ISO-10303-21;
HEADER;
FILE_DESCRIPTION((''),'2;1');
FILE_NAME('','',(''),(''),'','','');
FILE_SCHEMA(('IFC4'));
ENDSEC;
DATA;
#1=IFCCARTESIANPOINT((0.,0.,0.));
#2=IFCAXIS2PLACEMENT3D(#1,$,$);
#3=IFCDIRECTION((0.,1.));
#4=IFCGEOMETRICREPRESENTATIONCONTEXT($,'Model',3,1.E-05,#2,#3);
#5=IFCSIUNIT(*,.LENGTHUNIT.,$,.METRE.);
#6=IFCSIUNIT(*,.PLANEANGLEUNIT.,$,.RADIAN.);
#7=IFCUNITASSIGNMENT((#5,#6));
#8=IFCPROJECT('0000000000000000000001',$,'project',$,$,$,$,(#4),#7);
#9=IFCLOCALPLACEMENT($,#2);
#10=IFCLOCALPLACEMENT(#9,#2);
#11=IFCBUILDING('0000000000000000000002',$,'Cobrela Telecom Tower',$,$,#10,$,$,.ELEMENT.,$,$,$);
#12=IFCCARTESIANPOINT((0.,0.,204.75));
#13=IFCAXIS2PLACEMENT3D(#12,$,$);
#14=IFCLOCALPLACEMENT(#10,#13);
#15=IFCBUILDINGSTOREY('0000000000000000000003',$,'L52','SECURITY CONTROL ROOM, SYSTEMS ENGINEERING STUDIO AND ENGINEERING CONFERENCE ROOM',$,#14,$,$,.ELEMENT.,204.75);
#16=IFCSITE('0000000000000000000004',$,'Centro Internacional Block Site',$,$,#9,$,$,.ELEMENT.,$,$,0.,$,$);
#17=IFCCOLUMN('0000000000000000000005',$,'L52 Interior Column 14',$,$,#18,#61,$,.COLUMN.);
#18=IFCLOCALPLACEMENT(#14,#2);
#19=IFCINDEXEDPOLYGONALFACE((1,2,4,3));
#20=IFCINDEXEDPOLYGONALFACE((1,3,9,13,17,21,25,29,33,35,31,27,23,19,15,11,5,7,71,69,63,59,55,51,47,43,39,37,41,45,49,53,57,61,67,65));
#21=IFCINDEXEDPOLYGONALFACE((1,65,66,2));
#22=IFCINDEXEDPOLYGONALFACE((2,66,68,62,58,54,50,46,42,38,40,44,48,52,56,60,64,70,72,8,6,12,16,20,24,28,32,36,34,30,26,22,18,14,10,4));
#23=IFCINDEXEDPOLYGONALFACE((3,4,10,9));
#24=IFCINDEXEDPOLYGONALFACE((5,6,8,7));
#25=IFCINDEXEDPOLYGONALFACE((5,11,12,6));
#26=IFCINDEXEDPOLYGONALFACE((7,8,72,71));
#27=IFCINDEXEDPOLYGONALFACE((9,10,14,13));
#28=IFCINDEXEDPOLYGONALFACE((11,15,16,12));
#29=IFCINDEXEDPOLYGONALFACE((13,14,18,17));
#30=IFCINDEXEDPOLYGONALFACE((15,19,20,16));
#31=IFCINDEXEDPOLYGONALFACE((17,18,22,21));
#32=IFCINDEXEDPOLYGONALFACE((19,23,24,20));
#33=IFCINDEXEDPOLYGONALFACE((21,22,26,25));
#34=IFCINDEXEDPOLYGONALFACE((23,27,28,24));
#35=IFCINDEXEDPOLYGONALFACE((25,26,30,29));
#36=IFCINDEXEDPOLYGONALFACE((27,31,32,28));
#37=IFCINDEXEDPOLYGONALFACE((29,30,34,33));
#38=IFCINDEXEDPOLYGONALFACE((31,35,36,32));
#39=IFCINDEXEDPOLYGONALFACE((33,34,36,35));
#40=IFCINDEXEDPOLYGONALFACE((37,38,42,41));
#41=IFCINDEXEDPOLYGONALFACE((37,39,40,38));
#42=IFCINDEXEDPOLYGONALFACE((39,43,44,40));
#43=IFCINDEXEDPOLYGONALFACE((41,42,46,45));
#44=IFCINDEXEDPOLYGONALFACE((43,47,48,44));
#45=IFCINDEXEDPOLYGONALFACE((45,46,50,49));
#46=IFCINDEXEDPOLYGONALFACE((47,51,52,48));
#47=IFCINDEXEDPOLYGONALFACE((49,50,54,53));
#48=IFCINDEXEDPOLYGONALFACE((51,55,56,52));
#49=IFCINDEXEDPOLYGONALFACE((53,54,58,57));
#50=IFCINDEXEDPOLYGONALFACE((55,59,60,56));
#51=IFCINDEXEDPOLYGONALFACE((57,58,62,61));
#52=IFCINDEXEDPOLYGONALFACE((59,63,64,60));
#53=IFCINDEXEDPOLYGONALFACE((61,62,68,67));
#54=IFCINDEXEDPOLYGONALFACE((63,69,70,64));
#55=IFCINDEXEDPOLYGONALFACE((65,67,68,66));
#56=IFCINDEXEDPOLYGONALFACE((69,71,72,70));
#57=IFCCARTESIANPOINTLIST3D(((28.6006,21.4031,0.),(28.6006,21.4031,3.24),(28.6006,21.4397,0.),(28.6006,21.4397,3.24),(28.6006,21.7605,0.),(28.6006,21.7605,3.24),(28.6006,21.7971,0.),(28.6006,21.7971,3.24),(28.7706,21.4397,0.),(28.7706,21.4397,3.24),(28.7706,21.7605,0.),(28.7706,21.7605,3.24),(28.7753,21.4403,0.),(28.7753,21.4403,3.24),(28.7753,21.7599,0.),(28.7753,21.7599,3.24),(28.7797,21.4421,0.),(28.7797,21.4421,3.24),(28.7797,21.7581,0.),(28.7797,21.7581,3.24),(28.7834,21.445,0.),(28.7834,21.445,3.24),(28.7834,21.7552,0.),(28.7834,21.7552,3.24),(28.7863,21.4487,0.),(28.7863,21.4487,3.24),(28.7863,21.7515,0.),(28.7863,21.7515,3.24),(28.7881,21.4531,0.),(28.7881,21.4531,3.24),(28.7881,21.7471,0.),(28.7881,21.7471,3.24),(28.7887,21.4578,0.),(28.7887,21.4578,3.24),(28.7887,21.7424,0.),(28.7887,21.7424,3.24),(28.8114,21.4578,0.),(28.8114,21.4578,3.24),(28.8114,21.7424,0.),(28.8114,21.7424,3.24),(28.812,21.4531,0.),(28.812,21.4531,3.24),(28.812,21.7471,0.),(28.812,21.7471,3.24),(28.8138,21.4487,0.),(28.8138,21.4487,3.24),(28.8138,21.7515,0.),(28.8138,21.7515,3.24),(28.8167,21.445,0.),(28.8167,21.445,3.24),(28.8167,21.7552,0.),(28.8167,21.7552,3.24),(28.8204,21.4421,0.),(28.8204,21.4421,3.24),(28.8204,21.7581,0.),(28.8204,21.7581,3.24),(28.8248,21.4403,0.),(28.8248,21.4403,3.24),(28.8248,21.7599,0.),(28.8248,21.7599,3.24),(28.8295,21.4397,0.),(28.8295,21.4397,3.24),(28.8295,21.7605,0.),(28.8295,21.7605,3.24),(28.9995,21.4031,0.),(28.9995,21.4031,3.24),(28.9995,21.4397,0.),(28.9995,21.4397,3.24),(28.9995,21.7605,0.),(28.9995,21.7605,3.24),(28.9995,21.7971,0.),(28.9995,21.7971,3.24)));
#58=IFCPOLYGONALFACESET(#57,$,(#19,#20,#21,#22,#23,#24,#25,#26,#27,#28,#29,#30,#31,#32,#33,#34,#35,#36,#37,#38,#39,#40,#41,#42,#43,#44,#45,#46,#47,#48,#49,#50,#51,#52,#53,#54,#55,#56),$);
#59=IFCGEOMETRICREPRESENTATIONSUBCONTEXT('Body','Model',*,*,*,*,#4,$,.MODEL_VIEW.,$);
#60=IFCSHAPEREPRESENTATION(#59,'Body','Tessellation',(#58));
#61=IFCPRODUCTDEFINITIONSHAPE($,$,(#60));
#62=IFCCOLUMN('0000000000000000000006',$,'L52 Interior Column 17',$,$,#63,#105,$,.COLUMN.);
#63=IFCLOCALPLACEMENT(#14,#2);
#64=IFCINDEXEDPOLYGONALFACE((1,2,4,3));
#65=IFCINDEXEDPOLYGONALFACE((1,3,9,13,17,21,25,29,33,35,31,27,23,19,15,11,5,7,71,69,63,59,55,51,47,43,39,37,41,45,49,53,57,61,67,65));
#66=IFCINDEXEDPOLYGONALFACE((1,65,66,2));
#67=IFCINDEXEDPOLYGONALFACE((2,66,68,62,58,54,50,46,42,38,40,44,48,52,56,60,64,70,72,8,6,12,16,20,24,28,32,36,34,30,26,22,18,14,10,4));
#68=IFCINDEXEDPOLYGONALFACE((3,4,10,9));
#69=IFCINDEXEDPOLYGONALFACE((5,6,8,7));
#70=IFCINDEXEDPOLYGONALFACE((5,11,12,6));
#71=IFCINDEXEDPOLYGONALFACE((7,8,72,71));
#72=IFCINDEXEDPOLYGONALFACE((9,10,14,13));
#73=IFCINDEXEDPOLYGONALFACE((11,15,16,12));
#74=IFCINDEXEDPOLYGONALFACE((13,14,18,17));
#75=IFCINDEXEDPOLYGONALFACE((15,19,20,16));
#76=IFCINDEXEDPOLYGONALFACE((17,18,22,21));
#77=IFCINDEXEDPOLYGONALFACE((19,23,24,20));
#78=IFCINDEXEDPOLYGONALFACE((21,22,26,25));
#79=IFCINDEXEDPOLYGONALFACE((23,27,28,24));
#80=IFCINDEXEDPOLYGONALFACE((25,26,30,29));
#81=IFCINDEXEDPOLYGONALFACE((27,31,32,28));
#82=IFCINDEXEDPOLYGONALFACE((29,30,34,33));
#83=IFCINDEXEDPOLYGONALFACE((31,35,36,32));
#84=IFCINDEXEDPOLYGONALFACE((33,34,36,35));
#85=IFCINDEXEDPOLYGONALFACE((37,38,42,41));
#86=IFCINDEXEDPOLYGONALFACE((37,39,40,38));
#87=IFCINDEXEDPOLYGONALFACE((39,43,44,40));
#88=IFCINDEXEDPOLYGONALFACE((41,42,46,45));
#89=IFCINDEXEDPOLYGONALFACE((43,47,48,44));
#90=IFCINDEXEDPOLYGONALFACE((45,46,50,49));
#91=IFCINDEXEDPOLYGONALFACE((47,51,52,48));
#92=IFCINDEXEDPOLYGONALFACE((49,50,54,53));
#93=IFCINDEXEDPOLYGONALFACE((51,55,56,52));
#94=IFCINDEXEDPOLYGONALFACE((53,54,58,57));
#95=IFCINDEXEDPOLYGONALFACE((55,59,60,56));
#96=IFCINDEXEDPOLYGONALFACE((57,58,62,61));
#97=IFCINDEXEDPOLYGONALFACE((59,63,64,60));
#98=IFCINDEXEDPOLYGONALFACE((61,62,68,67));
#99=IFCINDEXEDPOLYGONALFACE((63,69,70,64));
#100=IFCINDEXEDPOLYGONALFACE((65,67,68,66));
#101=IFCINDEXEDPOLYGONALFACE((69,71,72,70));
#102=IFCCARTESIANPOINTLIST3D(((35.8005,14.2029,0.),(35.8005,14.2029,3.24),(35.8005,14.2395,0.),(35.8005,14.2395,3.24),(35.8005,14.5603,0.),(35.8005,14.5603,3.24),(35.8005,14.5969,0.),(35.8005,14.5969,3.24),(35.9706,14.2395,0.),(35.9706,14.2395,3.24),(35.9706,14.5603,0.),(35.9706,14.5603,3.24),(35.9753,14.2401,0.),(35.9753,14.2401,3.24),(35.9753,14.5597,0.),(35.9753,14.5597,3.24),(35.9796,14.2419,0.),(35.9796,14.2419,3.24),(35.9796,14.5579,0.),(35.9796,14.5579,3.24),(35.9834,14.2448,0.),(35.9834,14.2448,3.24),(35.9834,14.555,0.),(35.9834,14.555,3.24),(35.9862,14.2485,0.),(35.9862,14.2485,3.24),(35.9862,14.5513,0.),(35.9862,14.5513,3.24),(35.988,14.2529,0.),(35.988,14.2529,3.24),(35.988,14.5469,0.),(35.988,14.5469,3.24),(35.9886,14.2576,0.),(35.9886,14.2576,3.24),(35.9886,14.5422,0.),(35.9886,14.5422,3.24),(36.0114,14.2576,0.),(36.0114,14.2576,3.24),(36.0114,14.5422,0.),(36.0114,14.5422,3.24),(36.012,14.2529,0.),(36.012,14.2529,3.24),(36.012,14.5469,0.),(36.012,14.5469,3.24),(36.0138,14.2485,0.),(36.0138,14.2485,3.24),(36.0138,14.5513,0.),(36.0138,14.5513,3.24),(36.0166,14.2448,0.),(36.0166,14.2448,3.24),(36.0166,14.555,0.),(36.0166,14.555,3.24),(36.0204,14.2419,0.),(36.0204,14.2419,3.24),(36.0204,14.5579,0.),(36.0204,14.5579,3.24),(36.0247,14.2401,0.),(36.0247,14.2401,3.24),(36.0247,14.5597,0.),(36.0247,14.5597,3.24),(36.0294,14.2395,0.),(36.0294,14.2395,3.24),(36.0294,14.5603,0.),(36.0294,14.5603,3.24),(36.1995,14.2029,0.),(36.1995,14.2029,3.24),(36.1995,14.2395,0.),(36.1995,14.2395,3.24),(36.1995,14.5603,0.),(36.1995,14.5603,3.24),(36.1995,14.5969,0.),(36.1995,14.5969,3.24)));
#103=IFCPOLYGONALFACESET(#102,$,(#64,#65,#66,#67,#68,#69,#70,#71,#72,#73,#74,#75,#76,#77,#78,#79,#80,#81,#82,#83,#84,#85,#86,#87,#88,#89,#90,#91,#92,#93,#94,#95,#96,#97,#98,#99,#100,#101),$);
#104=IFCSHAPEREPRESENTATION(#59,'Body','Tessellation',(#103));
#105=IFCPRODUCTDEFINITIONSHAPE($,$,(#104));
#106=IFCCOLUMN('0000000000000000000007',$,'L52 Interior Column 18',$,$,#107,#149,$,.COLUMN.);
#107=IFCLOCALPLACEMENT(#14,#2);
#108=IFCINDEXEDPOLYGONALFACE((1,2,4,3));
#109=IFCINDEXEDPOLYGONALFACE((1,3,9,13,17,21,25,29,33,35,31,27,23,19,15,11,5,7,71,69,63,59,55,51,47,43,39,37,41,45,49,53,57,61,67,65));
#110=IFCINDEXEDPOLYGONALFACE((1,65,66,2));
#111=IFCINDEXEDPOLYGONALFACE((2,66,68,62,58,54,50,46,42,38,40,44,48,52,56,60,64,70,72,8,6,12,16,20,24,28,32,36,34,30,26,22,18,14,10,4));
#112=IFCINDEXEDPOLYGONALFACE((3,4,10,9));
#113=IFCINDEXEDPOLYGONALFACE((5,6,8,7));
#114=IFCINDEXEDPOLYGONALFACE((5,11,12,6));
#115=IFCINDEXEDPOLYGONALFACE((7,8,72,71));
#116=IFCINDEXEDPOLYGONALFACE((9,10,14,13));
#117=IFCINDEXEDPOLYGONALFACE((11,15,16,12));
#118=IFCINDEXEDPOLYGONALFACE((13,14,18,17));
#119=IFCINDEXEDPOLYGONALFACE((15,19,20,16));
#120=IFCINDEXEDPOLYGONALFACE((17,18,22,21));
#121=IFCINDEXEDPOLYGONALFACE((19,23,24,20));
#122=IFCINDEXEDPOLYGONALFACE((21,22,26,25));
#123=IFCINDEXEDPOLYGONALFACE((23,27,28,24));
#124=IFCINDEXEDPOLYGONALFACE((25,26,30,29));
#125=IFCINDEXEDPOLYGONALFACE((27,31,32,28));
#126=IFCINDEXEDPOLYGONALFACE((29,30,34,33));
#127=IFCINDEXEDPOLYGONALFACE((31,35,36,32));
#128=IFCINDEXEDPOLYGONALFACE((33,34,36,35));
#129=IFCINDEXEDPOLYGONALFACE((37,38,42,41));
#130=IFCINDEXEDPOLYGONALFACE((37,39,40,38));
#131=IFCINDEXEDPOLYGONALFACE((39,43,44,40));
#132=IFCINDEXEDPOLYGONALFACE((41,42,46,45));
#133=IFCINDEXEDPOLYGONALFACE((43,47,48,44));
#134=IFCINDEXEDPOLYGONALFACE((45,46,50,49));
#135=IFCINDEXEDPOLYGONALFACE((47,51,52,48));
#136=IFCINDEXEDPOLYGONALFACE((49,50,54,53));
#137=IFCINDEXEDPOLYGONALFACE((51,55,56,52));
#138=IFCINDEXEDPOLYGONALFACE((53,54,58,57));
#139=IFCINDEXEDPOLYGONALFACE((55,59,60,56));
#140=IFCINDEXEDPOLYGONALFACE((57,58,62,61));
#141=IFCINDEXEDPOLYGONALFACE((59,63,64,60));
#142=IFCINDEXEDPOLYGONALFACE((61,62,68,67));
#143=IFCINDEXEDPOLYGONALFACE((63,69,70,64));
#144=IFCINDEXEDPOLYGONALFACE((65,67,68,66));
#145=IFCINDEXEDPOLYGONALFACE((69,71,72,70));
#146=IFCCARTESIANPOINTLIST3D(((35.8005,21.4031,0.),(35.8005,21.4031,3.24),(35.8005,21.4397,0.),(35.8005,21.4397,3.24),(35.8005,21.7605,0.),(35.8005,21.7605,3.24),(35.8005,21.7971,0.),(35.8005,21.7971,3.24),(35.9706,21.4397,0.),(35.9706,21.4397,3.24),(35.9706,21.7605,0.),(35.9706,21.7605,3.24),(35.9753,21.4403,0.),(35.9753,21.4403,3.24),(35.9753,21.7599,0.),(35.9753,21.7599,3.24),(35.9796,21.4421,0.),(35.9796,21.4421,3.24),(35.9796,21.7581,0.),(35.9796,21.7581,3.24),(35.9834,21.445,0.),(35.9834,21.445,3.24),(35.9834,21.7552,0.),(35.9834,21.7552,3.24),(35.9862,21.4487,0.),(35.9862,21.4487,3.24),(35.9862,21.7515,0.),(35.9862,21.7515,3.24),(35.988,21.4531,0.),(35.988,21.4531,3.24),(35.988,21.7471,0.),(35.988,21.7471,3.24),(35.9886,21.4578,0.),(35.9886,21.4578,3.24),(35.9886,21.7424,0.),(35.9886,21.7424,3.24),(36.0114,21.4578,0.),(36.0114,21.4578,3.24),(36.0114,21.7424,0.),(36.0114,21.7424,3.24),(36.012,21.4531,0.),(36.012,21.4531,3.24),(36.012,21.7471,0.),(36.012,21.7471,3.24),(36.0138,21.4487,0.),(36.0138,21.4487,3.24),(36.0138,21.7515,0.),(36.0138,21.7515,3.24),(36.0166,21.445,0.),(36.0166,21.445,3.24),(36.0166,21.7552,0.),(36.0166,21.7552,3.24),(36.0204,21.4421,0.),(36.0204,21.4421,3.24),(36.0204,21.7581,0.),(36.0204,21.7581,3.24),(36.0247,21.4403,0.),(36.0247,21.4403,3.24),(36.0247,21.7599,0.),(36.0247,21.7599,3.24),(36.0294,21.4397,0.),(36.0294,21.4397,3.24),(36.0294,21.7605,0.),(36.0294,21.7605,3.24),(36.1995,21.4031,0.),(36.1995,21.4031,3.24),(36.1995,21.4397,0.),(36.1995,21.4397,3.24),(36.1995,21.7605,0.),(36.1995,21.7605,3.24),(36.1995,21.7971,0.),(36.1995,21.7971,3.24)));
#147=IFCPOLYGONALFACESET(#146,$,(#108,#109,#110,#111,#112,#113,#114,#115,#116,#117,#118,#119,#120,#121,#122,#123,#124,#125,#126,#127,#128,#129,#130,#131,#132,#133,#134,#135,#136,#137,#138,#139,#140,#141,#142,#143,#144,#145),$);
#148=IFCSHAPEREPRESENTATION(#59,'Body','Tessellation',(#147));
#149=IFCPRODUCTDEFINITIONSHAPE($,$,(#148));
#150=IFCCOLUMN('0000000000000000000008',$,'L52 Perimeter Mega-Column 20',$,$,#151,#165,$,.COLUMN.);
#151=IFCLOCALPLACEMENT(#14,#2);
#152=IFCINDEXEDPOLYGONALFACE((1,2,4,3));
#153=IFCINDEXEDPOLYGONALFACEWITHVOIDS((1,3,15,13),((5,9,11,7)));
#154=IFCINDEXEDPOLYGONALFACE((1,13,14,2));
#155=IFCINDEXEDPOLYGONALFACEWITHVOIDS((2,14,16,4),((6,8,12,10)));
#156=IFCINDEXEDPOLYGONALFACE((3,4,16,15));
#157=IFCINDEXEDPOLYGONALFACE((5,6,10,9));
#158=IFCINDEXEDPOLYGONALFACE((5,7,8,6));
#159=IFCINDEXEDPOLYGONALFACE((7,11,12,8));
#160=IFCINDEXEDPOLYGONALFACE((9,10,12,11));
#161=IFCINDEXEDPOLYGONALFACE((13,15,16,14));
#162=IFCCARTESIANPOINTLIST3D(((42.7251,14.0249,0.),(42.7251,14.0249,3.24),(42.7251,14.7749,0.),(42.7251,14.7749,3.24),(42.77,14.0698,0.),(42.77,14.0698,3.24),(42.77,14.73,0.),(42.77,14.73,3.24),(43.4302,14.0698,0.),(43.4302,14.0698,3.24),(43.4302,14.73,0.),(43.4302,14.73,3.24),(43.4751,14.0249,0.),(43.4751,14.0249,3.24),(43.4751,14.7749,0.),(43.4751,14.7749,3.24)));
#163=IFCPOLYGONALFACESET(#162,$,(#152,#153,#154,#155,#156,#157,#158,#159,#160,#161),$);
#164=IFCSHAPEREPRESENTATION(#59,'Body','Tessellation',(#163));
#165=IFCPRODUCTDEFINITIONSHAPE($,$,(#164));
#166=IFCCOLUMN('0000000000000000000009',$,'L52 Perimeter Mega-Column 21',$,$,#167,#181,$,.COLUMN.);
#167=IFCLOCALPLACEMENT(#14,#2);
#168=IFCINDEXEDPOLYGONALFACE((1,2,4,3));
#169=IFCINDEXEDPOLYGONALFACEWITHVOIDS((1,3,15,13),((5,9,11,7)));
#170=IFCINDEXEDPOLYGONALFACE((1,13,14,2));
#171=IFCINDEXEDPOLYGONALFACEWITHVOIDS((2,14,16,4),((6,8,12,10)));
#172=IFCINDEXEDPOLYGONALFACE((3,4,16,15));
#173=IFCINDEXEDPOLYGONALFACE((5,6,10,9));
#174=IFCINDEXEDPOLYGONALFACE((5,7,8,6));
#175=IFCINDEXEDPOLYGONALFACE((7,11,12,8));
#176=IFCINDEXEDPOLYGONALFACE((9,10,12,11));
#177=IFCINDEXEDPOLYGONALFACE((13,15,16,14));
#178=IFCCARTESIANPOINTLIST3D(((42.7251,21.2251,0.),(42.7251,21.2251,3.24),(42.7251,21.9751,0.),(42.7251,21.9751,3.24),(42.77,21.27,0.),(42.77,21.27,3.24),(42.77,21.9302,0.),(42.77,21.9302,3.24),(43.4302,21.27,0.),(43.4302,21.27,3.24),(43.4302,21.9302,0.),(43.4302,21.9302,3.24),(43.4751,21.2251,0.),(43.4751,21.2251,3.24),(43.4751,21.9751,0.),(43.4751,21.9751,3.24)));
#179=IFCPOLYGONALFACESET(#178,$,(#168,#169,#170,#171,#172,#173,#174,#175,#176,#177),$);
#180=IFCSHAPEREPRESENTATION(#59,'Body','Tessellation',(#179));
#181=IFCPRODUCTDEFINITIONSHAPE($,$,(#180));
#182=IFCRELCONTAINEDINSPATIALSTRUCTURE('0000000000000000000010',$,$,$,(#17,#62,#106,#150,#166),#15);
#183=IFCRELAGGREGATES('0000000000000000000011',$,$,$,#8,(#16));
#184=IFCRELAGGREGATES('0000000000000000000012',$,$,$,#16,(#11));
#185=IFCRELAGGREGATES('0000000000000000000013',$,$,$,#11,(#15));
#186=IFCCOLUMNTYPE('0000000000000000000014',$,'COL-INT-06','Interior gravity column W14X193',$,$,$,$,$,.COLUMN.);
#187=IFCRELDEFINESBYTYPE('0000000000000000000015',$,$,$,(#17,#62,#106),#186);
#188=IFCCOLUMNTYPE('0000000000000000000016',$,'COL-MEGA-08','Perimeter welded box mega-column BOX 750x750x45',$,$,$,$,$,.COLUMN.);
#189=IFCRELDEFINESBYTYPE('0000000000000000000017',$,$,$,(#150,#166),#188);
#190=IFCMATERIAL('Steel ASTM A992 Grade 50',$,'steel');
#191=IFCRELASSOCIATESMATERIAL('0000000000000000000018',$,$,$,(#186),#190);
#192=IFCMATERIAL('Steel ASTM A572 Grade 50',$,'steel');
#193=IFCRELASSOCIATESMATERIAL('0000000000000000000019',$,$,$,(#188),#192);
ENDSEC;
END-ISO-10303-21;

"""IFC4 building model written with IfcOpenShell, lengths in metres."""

from ifc_helpers import new_model, si_unit, direction, frame, origin, origin_2d, place, context, subcontext, project, spatial, hollow_rectangle, i_section, extrude, material, material_profile, profile_set, type_object, element, save


model = new_model("IFC4")

# Units and contexts
model_context = context("Model", 3, precision=1e-05, world=origin(), true_north=direction((0.0, 1.0)))
body_context = subcontext(model_context, "Body", "Model", "MODEL_VIEW")
ifc_project = project(units=[si_unit("LENGTHUNIT", "METRE"), si_unit("PLANEANGLEUNIT", "RADIAN")], contexts=[model_context])

# Site, building, storey
site_placement = place(None, origin())
site = spatial("IfcSite", under=ifc_project, at=site_placement, Name="Centro Internacional Block Site", CompositionType="ELEMENT", RefElevation=0.0)
building_placement = place(site_placement, origin())
building = spatial("IfcBuilding", under=site, at=building_placement, Name="Cobrela Telecom Tower", CompositionType="ELEMENT")
storey_placement = place(building_placement, frame((0.0, 0.0, 204.75)))
storey = spatial("IfcBuildingStorey", under=building, at=storey_placement, Name="L52", Description="SECURITY CONTROL ROOM, SYSTEMS ENGINEERING STUDIO AND ENGINEERING CONFERENCE ROOM", CompositionType="ELEMENT", Elevation=204.75)

# Columns
ifc_material_1 = material(Name="Steel ASTM A992 Grade 50", Category="steel")
ifc_material_profile_1 = material_profile(ifc_material_1, i_section(OverallWidth=0.3989, OverallDepth=0.394, WebThickness=0.0227, FlangeThickness=0.0366, FilletRadius=0.0181, at=origin_2d()), Name="W14X193")
ifc_profile_set_1 = profile_set([ifc_material_profile_1], Name="Steel ASTM A992 Grade 50")
column_type_1 = type_object("IfcColumnType", Name="COL-INT-06", Description="Interior gravity column W14X193", PredefinedType="COLUMN", material=ifc_profile_set_1)
for number, where, z_axis, x_axis, name in (
    (1, (28.8, 21.6001, 0.0), (0.0, 0.0, 1.0), (1.0, 0.0, 0.0), "L52 Interior Column 14"),
    (2, (36.0, 14.3999, 0.0), (0.0, 0.0, 1.0), (1.0, 0.0, 0.0), "L52 Interior Column 17"),
    (3, (36.0, 21.6001, 0.0), (0.0, 0.0, 1.0), (1.0, 0.0, 0.0), "L52 Interior Column 18"),
):
    element("IfcColumn", number, at=place(storey_placement, frame(where, z_axis=z_axis, x_axis=x_axis)), inside=storey, type_object=column_type_1, Name=name, PredefinedType="COLUMN", context=body_context, shape_type="SweptSolid", body=[
        extrude(i_section(OverallWidth=0.3989, OverallDepth=0.394, WebThickness=0.0227, FlangeThickness=0.0366, FilletRadius=0.0181, at=origin_2d()), origin(), (0.0, 0.0, 1.0), 3.24),
    ])
ifc_material_2 = material(Name="Steel ASTM A572 Grade 50", Category="steel")
ifc_material_profile_2 = material_profile(ifc_material_2, hollow_rectangle(XDim=0.75, YDim=0.75, WallThickness=0.0449, at=origin_2d()), Name="BOX 750x750x45")
ifc_profile_set_2 = profile_set([ifc_material_profile_2], Name="Steel ASTM A572 Grade 50")
column_type_2 = type_object("IfcColumnType", Name="COL-MEGA-08", Description="Perimeter welded box mega-column BOX 750x750x45", PredefinedType="COLUMN", material=ifc_profile_set_2)
for number, where, z_axis, x_axis, name in (
    (4, (43.1001, 14.3999, 0.0), (0.0, 0.0, 1.0), (1.0, 0.0, 0.0), "L52 Perimeter Mega-Column 20"),
    (5, (43.1001, 21.6001, 0.0), (0.0, 0.0, 1.0), (1.0, 0.0, 0.0), "L52 Perimeter Mega-Column 21"),
):
    element("IfcColumn", number, at=place(storey_placement, frame(where, z_axis=z_axis, x_axis=x_axis)), inside=storey, type_object=column_type_2, Name=name, PredefinedType="COLUMN", context=body_context, shape_type="SweptSolid", body=[
        extrude(hollow_rectangle(XDim=0.75, YDim=0.75, WallThickness=0.0449, at=origin_2d()), origin(), (0.0, 0.0, 1.0), 3.24),
    ])

save(model, "model.ifc")
